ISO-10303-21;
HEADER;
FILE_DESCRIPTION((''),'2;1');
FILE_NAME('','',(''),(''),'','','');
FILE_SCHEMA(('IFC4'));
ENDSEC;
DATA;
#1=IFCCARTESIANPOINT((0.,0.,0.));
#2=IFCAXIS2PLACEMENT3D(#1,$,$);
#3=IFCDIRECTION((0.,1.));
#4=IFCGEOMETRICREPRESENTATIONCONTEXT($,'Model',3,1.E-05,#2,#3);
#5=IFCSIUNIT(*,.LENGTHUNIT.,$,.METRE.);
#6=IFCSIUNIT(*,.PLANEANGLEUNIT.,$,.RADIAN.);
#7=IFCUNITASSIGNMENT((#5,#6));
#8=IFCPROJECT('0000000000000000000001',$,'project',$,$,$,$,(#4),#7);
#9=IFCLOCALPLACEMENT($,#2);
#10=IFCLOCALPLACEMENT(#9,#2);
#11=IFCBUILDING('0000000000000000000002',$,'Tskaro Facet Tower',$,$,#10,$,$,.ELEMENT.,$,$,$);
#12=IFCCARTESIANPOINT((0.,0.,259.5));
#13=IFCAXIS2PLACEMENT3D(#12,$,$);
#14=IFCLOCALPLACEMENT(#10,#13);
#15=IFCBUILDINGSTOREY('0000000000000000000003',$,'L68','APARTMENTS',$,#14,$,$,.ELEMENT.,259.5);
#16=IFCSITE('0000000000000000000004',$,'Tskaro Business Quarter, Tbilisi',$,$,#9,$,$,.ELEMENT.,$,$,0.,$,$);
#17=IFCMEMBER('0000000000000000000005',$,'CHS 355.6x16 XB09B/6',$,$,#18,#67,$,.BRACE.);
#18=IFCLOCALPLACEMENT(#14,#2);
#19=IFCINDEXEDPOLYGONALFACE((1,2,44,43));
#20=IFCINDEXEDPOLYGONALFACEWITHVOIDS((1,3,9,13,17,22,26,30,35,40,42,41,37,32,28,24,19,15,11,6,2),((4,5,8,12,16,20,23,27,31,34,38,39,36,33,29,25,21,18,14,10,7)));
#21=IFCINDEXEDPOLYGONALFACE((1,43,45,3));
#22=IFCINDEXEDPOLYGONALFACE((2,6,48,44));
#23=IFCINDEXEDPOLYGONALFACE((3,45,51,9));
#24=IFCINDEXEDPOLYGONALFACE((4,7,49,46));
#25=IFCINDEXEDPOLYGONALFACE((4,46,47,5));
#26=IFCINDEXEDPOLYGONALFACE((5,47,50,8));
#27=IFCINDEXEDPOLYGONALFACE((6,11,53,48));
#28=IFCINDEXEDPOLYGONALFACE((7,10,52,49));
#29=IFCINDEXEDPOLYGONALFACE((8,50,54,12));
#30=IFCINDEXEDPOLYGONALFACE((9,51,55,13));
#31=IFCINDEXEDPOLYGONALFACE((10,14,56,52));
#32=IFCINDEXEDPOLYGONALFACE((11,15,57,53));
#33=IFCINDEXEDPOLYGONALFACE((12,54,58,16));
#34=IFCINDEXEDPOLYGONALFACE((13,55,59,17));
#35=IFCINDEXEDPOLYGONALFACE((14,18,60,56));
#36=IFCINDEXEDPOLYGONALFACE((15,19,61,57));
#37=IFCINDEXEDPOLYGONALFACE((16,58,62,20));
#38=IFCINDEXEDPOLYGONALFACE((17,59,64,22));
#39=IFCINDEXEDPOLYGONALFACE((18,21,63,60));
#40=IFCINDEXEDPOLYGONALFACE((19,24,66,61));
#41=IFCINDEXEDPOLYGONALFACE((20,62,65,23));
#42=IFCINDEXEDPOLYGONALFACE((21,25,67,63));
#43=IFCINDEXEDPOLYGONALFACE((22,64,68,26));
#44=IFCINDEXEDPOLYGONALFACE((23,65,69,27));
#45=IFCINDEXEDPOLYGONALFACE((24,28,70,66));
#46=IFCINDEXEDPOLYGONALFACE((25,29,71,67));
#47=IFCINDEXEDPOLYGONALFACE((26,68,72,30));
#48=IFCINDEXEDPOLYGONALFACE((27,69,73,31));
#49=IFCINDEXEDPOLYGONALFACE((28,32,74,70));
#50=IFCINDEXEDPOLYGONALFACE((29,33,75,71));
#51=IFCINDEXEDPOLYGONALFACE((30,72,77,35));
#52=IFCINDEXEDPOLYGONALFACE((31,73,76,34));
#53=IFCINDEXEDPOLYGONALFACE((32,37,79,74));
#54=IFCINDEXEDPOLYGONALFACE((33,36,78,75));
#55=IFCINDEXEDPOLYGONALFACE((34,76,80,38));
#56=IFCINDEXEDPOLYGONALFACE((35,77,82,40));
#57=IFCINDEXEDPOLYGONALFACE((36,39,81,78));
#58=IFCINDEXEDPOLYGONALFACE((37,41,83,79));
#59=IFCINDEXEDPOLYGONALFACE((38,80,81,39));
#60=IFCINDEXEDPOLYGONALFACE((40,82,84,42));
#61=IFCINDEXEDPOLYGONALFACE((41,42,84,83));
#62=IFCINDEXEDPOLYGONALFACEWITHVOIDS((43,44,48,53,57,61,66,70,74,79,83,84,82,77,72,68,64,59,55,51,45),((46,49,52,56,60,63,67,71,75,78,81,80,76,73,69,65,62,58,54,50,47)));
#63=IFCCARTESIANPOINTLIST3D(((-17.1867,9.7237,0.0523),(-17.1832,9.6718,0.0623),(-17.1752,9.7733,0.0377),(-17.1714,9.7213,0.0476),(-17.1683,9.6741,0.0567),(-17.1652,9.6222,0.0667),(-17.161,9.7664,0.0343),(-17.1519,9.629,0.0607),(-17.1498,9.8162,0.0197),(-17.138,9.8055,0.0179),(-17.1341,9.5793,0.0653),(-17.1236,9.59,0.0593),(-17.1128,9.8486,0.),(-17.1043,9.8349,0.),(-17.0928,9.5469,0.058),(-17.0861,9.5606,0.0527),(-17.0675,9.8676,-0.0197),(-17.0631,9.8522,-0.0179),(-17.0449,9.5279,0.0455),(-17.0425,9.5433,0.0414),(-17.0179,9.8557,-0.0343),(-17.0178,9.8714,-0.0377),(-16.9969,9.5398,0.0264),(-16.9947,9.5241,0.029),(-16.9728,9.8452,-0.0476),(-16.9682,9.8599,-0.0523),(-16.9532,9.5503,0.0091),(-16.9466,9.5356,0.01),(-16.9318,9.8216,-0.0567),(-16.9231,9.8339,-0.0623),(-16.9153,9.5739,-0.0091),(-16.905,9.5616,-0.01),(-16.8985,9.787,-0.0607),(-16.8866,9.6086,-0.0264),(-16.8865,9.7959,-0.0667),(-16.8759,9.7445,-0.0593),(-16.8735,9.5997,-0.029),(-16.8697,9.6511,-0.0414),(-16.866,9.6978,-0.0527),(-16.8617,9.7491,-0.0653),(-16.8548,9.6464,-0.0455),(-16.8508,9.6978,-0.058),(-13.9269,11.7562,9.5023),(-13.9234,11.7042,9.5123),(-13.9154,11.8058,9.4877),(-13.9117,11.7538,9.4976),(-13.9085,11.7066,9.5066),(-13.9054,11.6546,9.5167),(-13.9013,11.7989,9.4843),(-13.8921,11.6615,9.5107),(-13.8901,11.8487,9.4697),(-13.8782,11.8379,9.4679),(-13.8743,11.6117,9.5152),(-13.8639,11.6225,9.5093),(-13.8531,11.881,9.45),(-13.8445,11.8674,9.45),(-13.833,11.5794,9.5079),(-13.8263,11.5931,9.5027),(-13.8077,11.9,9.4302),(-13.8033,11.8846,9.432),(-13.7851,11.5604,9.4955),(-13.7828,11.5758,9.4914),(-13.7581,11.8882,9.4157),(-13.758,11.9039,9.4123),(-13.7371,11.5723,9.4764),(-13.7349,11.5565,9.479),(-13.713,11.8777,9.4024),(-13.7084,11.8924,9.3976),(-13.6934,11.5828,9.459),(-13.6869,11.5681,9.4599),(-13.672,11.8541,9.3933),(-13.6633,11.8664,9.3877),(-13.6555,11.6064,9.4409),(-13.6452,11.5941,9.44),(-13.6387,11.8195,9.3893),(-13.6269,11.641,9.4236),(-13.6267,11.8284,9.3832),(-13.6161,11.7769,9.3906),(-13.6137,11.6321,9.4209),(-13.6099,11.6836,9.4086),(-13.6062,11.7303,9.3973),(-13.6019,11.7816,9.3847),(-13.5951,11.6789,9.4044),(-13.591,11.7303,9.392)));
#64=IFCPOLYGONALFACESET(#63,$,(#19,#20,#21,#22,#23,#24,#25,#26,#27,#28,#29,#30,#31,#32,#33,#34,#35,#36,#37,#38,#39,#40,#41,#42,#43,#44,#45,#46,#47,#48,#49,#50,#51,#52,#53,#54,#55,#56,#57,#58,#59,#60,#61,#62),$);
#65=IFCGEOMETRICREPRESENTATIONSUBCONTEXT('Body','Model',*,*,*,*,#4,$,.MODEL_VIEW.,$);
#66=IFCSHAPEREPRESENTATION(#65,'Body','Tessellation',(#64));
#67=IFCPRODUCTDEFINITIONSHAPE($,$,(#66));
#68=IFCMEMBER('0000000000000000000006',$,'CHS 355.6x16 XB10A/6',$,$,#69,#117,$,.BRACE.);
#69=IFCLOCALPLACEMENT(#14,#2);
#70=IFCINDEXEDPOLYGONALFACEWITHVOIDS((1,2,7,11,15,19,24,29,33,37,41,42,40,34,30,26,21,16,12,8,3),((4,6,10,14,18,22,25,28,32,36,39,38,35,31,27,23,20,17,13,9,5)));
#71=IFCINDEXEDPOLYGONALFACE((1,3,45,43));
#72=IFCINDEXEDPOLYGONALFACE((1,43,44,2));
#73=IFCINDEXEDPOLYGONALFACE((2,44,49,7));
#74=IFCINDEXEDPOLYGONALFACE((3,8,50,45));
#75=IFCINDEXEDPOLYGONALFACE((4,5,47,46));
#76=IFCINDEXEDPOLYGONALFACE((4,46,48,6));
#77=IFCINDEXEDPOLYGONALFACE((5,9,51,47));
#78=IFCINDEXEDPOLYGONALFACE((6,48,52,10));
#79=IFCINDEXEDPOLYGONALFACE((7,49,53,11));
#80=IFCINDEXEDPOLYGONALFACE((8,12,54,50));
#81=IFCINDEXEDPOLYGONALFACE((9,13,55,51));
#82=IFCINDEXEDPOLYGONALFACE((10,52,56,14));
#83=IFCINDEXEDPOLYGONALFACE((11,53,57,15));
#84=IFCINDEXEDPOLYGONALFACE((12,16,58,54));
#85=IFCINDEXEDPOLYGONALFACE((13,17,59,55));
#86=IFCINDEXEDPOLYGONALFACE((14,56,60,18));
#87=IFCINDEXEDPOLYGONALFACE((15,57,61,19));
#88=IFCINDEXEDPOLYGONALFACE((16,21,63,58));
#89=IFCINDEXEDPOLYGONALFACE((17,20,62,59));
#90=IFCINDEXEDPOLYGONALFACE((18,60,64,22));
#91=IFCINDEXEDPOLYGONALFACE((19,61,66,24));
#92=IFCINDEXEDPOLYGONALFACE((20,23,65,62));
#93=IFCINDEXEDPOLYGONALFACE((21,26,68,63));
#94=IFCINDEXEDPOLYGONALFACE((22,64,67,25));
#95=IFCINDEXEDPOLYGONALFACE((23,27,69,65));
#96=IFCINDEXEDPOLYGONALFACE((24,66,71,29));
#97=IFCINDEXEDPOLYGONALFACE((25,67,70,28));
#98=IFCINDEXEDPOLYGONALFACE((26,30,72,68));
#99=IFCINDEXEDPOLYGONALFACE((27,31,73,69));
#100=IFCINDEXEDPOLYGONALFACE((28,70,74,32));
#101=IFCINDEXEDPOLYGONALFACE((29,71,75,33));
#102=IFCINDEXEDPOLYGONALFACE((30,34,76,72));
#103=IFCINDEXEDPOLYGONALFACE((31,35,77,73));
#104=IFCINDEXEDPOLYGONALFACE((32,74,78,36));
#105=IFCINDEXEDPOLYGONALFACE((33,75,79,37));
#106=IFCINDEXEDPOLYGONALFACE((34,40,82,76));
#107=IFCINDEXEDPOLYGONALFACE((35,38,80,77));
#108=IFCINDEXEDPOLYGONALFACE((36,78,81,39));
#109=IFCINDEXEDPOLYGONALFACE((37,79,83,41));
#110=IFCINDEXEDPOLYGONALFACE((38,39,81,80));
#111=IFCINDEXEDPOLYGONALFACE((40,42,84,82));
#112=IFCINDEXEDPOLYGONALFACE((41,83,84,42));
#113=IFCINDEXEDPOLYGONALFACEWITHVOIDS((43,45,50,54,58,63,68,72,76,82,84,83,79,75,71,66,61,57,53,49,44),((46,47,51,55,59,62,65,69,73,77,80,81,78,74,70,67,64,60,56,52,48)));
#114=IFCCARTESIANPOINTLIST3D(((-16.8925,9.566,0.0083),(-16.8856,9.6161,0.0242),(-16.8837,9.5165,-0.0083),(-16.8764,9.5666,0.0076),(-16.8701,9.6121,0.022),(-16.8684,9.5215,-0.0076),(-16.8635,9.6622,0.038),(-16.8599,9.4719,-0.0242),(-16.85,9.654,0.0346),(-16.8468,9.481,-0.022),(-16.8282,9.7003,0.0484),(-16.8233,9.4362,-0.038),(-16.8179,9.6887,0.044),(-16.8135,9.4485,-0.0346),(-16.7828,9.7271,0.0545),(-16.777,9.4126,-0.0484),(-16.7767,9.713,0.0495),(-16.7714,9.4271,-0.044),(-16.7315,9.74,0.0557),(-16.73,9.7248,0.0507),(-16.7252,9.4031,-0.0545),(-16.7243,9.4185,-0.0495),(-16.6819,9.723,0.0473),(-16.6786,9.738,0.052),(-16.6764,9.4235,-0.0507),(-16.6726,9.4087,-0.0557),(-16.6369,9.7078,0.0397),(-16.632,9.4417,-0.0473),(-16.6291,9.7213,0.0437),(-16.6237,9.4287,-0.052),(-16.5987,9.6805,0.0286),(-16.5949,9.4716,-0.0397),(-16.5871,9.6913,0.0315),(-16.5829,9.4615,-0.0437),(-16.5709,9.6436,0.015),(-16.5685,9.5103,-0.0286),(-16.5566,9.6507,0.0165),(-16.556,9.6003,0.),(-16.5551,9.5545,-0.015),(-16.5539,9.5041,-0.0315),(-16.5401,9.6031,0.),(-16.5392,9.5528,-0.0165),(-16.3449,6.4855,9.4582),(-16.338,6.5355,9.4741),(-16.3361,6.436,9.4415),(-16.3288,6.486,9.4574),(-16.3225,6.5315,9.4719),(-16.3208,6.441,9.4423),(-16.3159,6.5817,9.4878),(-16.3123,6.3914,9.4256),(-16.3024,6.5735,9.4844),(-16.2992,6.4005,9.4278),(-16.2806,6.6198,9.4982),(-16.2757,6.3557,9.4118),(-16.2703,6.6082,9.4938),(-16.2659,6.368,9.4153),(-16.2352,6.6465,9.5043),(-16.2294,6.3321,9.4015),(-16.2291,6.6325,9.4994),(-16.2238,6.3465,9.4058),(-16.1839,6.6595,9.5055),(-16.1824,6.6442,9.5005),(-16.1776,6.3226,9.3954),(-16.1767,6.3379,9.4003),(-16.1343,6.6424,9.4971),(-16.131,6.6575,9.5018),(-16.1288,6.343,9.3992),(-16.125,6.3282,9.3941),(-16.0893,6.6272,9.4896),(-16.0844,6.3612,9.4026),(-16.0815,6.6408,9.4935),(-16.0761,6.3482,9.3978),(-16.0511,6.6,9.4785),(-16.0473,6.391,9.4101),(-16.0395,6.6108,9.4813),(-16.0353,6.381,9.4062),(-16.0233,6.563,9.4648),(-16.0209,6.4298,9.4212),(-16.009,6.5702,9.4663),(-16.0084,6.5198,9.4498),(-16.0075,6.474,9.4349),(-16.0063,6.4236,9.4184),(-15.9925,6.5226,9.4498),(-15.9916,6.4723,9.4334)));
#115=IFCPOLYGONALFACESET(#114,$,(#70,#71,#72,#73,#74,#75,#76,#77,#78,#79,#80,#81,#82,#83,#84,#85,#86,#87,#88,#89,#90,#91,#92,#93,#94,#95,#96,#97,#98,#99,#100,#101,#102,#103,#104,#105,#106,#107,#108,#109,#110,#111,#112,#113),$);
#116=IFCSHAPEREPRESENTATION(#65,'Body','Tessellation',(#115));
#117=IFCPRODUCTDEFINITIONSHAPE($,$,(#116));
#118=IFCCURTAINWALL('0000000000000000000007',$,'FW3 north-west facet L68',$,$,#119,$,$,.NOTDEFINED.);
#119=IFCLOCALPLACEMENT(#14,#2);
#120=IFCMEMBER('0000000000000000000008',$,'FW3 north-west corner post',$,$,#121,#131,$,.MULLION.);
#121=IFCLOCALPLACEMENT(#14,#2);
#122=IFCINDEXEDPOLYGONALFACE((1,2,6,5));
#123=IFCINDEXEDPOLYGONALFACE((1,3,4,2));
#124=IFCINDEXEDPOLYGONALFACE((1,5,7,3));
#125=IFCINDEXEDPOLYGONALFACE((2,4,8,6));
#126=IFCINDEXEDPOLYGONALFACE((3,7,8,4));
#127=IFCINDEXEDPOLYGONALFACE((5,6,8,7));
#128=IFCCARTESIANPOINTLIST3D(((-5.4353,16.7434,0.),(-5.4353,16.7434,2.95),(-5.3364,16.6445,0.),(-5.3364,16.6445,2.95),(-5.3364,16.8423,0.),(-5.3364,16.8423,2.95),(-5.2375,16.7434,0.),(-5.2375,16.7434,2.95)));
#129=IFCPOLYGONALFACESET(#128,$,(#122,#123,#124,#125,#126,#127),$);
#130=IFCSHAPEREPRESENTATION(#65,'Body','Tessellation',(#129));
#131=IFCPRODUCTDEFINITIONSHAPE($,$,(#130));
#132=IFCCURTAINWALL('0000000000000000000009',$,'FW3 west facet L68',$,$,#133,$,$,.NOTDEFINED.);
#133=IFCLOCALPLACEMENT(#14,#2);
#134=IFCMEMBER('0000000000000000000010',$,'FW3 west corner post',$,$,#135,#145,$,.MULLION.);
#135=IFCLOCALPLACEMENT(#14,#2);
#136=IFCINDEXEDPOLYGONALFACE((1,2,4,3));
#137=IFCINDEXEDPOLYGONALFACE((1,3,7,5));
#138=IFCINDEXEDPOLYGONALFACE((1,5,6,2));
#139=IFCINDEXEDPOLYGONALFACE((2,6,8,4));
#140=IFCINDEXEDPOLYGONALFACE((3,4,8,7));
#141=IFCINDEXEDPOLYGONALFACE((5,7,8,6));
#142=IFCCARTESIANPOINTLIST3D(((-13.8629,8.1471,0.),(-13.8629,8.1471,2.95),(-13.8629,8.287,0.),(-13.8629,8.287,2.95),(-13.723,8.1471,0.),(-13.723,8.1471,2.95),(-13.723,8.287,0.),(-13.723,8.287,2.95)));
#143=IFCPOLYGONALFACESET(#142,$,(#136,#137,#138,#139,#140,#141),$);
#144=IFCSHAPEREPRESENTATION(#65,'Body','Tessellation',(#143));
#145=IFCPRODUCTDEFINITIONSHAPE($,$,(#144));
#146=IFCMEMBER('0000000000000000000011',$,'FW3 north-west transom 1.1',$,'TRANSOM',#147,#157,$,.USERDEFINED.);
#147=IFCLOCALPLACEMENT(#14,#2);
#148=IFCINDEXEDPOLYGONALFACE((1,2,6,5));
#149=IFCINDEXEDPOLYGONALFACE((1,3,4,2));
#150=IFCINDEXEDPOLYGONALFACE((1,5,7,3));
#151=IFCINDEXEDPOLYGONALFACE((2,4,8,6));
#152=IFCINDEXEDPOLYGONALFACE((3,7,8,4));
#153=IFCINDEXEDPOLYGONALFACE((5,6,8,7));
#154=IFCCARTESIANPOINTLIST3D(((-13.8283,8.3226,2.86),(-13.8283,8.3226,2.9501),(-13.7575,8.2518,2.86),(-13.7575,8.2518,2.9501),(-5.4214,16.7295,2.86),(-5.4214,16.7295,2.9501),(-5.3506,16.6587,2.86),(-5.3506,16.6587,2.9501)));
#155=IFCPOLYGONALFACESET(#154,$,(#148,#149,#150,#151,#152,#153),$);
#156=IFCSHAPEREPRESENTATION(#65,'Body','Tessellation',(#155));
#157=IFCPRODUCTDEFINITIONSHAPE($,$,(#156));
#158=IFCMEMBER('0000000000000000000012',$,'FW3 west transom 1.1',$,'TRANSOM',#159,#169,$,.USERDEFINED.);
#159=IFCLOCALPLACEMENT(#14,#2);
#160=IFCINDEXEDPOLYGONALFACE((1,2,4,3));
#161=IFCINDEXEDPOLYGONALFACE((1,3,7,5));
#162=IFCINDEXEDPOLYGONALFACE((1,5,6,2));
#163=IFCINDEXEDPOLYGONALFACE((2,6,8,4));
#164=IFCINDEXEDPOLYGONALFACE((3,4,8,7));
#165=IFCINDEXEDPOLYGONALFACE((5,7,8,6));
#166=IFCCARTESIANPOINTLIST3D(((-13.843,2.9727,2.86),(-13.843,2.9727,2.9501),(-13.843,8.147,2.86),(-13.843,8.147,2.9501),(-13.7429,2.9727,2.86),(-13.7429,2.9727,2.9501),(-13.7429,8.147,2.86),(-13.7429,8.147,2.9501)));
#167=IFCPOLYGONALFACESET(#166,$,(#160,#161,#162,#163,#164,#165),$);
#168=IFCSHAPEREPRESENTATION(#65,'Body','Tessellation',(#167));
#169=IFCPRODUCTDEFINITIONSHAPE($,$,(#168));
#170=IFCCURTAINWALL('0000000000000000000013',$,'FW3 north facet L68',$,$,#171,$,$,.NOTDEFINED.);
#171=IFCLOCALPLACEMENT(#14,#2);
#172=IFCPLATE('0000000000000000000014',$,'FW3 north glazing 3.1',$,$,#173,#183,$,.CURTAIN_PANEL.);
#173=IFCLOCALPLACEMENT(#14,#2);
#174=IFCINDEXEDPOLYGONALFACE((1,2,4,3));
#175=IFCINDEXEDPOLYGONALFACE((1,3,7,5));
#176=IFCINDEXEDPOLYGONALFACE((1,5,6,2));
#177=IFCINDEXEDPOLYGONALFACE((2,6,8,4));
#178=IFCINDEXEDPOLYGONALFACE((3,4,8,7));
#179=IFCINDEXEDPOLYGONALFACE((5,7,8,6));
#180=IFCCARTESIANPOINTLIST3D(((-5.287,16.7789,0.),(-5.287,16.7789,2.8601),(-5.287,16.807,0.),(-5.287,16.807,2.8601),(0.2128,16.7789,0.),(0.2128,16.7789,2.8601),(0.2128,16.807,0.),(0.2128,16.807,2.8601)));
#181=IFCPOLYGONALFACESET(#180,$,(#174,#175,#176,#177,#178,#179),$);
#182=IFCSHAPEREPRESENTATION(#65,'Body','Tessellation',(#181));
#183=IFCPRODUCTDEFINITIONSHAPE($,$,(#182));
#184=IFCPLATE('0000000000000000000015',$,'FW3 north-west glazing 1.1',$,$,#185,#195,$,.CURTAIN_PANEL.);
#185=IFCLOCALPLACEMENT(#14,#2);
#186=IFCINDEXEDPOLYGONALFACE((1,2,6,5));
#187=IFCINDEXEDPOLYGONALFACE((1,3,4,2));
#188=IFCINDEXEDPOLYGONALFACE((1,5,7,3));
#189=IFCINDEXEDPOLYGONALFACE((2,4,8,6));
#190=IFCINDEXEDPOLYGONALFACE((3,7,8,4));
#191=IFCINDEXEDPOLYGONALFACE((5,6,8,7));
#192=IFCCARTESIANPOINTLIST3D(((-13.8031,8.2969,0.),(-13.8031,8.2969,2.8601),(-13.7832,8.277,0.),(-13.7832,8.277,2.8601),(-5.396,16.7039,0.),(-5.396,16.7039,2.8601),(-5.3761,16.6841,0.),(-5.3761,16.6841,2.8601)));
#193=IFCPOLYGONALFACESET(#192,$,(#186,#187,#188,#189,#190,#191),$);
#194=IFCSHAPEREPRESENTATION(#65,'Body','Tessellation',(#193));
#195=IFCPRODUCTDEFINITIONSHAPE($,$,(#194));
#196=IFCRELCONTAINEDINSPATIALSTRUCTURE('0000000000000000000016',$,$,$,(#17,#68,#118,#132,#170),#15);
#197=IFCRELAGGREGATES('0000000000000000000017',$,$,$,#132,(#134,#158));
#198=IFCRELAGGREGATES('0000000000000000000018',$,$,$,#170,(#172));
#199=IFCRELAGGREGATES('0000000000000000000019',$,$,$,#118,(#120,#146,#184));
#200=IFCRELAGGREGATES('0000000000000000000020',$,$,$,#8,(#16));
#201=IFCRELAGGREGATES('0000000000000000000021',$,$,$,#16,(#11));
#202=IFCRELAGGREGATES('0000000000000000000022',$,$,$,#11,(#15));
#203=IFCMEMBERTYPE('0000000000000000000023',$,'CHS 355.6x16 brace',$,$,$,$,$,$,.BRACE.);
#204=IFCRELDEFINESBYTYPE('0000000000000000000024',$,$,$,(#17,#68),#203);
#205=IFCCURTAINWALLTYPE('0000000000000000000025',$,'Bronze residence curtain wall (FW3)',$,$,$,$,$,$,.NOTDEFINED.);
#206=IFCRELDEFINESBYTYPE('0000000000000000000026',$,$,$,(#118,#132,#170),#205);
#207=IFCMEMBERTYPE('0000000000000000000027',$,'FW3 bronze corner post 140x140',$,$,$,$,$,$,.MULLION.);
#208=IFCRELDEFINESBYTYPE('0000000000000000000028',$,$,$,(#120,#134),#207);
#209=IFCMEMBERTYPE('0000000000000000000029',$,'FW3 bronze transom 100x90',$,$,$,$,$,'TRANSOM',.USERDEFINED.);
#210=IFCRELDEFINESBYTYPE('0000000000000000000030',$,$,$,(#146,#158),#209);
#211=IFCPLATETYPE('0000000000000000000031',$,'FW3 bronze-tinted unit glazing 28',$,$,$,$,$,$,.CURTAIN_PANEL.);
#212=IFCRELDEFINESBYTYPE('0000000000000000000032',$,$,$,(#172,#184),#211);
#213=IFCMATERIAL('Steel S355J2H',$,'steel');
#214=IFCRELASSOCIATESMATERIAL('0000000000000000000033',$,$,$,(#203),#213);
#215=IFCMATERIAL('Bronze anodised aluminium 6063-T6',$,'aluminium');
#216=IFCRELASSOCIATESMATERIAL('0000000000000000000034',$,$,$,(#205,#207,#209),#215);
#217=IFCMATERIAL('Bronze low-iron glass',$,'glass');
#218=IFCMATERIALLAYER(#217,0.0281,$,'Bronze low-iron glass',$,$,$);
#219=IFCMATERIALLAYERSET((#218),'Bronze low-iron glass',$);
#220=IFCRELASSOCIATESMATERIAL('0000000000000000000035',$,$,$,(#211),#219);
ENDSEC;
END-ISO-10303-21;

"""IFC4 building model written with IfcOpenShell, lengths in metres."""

from ifc_helpers import new_model, si_unit, direction, frame, origin, origin_2d, place, context, subcontext, project, spatial, rectangle, hollow_circle, extrude, material, layer, layer_set, material_profile, profile_set, type_object, element, aggregate, save


model = new_model("IFC4")

# Units and contexts
model_context = context("Model", 3, precision=1e-05, world=origin(), true_north=direction((0.0, 1.0)))
body_context = subcontext(model_context, "Body", "Model", "MODEL_VIEW")
ifc_project = project(units=[si_unit("LENGTHUNIT", "METRE"), si_unit("PLANEANGLEUNIT", "RADIAN")], contexts=[model_context])

# Site, building, storey
site_placement = place(None, origin())
site = spatial("IfcSite", under=ifc_project, at=site_placement, Name="Tskaro Business Quarter, Tbilisi", CompositionType="ELEMENT", RefElevation=0.0)
building_placement = place(site_placement, origin())
building = spatial("IfcBuilding", under=site, at=building_placement, Name="Tskaro Facet Tower", CompositionType="ELEMENT")
storey_placement = place(building_placement, frame((0.0, 0.0, 259.5)))
storey = spatial("IfcBuildingStorey", under=building, at=storey_placement, Name="L68", Description="APARTMENTS", CompositionType="ELEMENT", Elevation=259.5)

# Shared definitions
ifc_material_1 = material(Name="Steel S355J2H", Category="steel")

# Members
ifc_material_profile_1 = material_profile(ifc_material_1, hollow_circle(Radius=0.1777, WallThickness=0.0161, at=origin_2d()), Name="CHS 355.6x16")
ifc_profile_set_1 = profile_set([ifc_material_profile_1], Name="Steel S355J2H")
member_type_1 = type_object("IfcMemberType", Name="CHS 355.6x16 brace", PredefinedType="BRACE", material=ifc_profile_set_1)
for number, where, z_axis, x_axis, name in (
    (1, (-17.0188, 9.6978, 0.0), (0.319556, 0.199244, 0.926383), (-0.529085, 0.848569, 0.0), "CHS 355.6x16 XB09B/6"),
):
    element("IfcMember", number, at=place(storey_placement, frame(where, z_axis=z_axis, x_axis=x_axis)), inside=storey, type_object=member_type_1, Name=name, PredefinedType="BRACE", context=body_context, shape_type="SweptSolid", body=[
        extrude(hollow_circle(Radius=0.1777, WallThickness=0.0161, at=origin_2d()), origin(), (0.0, 0.0, 1.0), 10.2009),
    ])
member_1_placement = place(storey_placement, frame((-16.7151, 9.572, 0.0), z_axis=(0.055011, -0.309466, 0.949318), x_axis=(0.984565, 0.175018, 0.0)))
element("IfcMember", 2, at=member_1_placement, inside=storey, type_object=member_type_1, Name="CHS 355.6x16 XB10A/6", PredefinedType="BRACE", context=body_context, shape_type="SweptSolid", body=[
    extrude(hollow_circle(Radius=0.1777, WallThickness=0.0161, at=origin_2d()), origin(), (0.0, 0.0, 1.0), 9.9543),
])

# Curtain walls, members
ifc_material_2 = material(Name="Bronze anodised aluminium 6063-T6", Category="aluminium")
curtain_wall_type = type_object("IfcCurtainWallType", Name="Bronze residence curtain wall (FW3)", PredefinedType="NOTDEFINED", material=ifc_material_2)
curtain_wall_1_placement = place(storey_placement, origin())
curtain_wall_1 = element("IfcCurtainWall", 3, at=curtain_wall_1_placement, inside=storey, type_object=curtain_wall_type, Name="FW3 north-west facet L68", PredefinedType="NOTDEFINED")
ifc_material_profile_2 = material_profile(ifc_material_2, rectangle(XDim=0.1399, YDim=0.1399, at=origin_2d()), Name="Corner post 140x140")
ifc_profile_set_2 = profile_set([ifc_material_profile_2], Name="Bronze anodised aluminium 6063-T6")
member_type_2 = type_object("IfcMemberType", Name="FW3 bronze corner post 140x140", PredefinedType="MULLION", material=ifc_profile_set_2)
member_2_placement = place(storey_placement, frame((-5.3364, 16.7434, 0.0), z_axis=(0.0, 0.0, 1.0), x_axis=(-0.707107, -0.707107, 0.0)))
member_2 = element("IfcMember", 4, at=member_2_placement, type_object=member_type_2, Name="FW3 north-west corner post", PredefinedType="MULLION", context=body_context, shape_type="SweptSolid", body=[
    extrude(rectangle(XDim=0.1399, YDim=0.1399, at=origin_2d()), origin(), (0.0, 0.0, 1.0), 2.95),
])
curtain_wall_2_placement = place(storey_placement, origin())
curtain_wall_2 = element("IfcCurtainWall", 5, at=curtain_wall_2_placement, inside=storey, type_object=curtain_wall_type, Name="FW3 west facet L68", PredefinedType="NOTDEFINED")
member_3_placement = place(storey_placement, frame((-13.793, 8.217, 0.0), z_axis=(0.0, 0.0, 1.0), x_axis=(0.0, -1.0, 0.0)))
member_3 = element("IfcMember", 6, at=member_3_placement, type_object=member_type_2, Name="FW3 west corner post", PredefinedType="MULLION", context=body_context, shape_type="SweptSolid", body=[
    extrude(rectangle(XDim=0.1399, YDim=0.1399, at=origin_2d()), origin(), (0.0, 0.0, 1.0), 2.95),
])

# Members
ifc_material_profile_3 = material_profile(ifc_material_2, rectangle(XDim=0.1001, YDim=0.0901, at=origin_2d()), Name="Transom 100x90")
ifc_profile_set_3 = profile_set([ifc_material_profile_3], Name="Bronze anodised aluminium 6063-T6")
member_type_3 = type_object("IfcMemberType", Name="FW3 bronze transom 100x90", ElementType="TRANSOM", PredefinedType="USERDEFINED", material=ifc_profile_set_3)
member_4_placement = place(storey_placement, frame((-5.386, 16.6941, 2.905), z_axis=(-0.707107, -0.707107, 0.0), x_axis=(0.707107, -0.707107, 0.0)))
member_4 = element("IfcMember", 7, at=member_4_placement, type_object=member_type_3, Name="FW3 north-west transom 1.1", ObjectType="TRANSOM", PredefinedType="USERDEFINED", context=body_context, shape_type="SweptSolid", body=[
    extrude(rectangle(XDim=0.1001, YDim=0.0901, at=origin_2d()), origin(), (0.0, 0.0, 1.0), 11.8892),
])
member_5_placement = place(storey_placement, frame((-13.793, 8.147, 2.905), z_axis=(0.0, -1.0, 0.0), x_axis=(1.0, 0.0, 0.0)))
member_5 = element("IfcMember", 8, at=member_5_placement, type_object=member_type_3, Name="FW3 west transom 1.1", ObjectType="TRANSOM", PredefinedType="USERDEFINED", context=body_context, shape_type="SweptSolid", body=[
    extrude(rectangle(XDim=0.1001, YDim=0.0901, at=origin_2d()), origin(), (0.0, 0.0, 1.0), 5.1743),
])
aggregate(curtain_wall_2, [member_3, member_5])

# Curtain wall, plate
curtain_wall_3_placement = place(storey_placement, origin())
curtain_wall_3 = element("IfcCurtainWall", 9, at=curtain_wall_3_placement, inside=storey, type_object=curtain_wall_type, Name="FW3 north facet L68", PredefinedType="NOTDEFINED")
ifc_material_3 = material(Name="Bronze low-iron glass", Category="glass")
ifc_layer_1 = layer(ifc_material_3, 0.0281, Name="Bronze low-iron glass")
ifc_layer_set_1 = layer_set([ifc_layer_1], Name="Bronze low-iron glass")
plate_type = type_object("IfcPlateType", Name="FW3 bronze-tinted unit glazing 28", PredefinedType="CURTAIN_PANEL", material=ifc_layer_set_1)
plate_1_placement = place(storey_placement, frame((-2.5371, 16.793, 0.0), z_axis=(0.0, 0.0, 1.0), x_axis=(-1.0, 0.0, 0.0)))
plate_1 = element("IfcPlate", 10, at=plate_1_placement, type_object=plate_type, Name="FW3 north glazing 3.1", PredefinedType="CURTAIN_PANEL", context=body_context, shape_type="SweptSolid", body=[
    extrude(rectangle(XDim=5.4998, YDim=0.0281, at=origin_2d()), origin(), (0.0, 0.0, 1.0), 2.8601),
])
aggregate(curtain_wall_3, [plate_1])

# Plate
plate_2_placement = place(storey_placement, frame((-9.5896, 12.4905, 0.0), z_axis=(0.0, 0.0, 1.0), x_axis=(-0.707107, -0.707107, 0.0)))
plate_2 = element("IfcPlate", 11, at=plate_2_placement, type_object=plate_type, Name="FW3 north-west glazing 1.1", PredefinedType="CURTAIN_PANEL", context=body_context, shape_type="SweptSolid", body=[
    extrude(rectangle(XDim=11.8894, YDim=0.0281, at=origin_2d()), origin(), (0.0, 0.0, 1.0), 2.8601),
])
aggregate(curtain_wall_1, [member_2, member_4, plate_2])

save(model, "model.ifc")
